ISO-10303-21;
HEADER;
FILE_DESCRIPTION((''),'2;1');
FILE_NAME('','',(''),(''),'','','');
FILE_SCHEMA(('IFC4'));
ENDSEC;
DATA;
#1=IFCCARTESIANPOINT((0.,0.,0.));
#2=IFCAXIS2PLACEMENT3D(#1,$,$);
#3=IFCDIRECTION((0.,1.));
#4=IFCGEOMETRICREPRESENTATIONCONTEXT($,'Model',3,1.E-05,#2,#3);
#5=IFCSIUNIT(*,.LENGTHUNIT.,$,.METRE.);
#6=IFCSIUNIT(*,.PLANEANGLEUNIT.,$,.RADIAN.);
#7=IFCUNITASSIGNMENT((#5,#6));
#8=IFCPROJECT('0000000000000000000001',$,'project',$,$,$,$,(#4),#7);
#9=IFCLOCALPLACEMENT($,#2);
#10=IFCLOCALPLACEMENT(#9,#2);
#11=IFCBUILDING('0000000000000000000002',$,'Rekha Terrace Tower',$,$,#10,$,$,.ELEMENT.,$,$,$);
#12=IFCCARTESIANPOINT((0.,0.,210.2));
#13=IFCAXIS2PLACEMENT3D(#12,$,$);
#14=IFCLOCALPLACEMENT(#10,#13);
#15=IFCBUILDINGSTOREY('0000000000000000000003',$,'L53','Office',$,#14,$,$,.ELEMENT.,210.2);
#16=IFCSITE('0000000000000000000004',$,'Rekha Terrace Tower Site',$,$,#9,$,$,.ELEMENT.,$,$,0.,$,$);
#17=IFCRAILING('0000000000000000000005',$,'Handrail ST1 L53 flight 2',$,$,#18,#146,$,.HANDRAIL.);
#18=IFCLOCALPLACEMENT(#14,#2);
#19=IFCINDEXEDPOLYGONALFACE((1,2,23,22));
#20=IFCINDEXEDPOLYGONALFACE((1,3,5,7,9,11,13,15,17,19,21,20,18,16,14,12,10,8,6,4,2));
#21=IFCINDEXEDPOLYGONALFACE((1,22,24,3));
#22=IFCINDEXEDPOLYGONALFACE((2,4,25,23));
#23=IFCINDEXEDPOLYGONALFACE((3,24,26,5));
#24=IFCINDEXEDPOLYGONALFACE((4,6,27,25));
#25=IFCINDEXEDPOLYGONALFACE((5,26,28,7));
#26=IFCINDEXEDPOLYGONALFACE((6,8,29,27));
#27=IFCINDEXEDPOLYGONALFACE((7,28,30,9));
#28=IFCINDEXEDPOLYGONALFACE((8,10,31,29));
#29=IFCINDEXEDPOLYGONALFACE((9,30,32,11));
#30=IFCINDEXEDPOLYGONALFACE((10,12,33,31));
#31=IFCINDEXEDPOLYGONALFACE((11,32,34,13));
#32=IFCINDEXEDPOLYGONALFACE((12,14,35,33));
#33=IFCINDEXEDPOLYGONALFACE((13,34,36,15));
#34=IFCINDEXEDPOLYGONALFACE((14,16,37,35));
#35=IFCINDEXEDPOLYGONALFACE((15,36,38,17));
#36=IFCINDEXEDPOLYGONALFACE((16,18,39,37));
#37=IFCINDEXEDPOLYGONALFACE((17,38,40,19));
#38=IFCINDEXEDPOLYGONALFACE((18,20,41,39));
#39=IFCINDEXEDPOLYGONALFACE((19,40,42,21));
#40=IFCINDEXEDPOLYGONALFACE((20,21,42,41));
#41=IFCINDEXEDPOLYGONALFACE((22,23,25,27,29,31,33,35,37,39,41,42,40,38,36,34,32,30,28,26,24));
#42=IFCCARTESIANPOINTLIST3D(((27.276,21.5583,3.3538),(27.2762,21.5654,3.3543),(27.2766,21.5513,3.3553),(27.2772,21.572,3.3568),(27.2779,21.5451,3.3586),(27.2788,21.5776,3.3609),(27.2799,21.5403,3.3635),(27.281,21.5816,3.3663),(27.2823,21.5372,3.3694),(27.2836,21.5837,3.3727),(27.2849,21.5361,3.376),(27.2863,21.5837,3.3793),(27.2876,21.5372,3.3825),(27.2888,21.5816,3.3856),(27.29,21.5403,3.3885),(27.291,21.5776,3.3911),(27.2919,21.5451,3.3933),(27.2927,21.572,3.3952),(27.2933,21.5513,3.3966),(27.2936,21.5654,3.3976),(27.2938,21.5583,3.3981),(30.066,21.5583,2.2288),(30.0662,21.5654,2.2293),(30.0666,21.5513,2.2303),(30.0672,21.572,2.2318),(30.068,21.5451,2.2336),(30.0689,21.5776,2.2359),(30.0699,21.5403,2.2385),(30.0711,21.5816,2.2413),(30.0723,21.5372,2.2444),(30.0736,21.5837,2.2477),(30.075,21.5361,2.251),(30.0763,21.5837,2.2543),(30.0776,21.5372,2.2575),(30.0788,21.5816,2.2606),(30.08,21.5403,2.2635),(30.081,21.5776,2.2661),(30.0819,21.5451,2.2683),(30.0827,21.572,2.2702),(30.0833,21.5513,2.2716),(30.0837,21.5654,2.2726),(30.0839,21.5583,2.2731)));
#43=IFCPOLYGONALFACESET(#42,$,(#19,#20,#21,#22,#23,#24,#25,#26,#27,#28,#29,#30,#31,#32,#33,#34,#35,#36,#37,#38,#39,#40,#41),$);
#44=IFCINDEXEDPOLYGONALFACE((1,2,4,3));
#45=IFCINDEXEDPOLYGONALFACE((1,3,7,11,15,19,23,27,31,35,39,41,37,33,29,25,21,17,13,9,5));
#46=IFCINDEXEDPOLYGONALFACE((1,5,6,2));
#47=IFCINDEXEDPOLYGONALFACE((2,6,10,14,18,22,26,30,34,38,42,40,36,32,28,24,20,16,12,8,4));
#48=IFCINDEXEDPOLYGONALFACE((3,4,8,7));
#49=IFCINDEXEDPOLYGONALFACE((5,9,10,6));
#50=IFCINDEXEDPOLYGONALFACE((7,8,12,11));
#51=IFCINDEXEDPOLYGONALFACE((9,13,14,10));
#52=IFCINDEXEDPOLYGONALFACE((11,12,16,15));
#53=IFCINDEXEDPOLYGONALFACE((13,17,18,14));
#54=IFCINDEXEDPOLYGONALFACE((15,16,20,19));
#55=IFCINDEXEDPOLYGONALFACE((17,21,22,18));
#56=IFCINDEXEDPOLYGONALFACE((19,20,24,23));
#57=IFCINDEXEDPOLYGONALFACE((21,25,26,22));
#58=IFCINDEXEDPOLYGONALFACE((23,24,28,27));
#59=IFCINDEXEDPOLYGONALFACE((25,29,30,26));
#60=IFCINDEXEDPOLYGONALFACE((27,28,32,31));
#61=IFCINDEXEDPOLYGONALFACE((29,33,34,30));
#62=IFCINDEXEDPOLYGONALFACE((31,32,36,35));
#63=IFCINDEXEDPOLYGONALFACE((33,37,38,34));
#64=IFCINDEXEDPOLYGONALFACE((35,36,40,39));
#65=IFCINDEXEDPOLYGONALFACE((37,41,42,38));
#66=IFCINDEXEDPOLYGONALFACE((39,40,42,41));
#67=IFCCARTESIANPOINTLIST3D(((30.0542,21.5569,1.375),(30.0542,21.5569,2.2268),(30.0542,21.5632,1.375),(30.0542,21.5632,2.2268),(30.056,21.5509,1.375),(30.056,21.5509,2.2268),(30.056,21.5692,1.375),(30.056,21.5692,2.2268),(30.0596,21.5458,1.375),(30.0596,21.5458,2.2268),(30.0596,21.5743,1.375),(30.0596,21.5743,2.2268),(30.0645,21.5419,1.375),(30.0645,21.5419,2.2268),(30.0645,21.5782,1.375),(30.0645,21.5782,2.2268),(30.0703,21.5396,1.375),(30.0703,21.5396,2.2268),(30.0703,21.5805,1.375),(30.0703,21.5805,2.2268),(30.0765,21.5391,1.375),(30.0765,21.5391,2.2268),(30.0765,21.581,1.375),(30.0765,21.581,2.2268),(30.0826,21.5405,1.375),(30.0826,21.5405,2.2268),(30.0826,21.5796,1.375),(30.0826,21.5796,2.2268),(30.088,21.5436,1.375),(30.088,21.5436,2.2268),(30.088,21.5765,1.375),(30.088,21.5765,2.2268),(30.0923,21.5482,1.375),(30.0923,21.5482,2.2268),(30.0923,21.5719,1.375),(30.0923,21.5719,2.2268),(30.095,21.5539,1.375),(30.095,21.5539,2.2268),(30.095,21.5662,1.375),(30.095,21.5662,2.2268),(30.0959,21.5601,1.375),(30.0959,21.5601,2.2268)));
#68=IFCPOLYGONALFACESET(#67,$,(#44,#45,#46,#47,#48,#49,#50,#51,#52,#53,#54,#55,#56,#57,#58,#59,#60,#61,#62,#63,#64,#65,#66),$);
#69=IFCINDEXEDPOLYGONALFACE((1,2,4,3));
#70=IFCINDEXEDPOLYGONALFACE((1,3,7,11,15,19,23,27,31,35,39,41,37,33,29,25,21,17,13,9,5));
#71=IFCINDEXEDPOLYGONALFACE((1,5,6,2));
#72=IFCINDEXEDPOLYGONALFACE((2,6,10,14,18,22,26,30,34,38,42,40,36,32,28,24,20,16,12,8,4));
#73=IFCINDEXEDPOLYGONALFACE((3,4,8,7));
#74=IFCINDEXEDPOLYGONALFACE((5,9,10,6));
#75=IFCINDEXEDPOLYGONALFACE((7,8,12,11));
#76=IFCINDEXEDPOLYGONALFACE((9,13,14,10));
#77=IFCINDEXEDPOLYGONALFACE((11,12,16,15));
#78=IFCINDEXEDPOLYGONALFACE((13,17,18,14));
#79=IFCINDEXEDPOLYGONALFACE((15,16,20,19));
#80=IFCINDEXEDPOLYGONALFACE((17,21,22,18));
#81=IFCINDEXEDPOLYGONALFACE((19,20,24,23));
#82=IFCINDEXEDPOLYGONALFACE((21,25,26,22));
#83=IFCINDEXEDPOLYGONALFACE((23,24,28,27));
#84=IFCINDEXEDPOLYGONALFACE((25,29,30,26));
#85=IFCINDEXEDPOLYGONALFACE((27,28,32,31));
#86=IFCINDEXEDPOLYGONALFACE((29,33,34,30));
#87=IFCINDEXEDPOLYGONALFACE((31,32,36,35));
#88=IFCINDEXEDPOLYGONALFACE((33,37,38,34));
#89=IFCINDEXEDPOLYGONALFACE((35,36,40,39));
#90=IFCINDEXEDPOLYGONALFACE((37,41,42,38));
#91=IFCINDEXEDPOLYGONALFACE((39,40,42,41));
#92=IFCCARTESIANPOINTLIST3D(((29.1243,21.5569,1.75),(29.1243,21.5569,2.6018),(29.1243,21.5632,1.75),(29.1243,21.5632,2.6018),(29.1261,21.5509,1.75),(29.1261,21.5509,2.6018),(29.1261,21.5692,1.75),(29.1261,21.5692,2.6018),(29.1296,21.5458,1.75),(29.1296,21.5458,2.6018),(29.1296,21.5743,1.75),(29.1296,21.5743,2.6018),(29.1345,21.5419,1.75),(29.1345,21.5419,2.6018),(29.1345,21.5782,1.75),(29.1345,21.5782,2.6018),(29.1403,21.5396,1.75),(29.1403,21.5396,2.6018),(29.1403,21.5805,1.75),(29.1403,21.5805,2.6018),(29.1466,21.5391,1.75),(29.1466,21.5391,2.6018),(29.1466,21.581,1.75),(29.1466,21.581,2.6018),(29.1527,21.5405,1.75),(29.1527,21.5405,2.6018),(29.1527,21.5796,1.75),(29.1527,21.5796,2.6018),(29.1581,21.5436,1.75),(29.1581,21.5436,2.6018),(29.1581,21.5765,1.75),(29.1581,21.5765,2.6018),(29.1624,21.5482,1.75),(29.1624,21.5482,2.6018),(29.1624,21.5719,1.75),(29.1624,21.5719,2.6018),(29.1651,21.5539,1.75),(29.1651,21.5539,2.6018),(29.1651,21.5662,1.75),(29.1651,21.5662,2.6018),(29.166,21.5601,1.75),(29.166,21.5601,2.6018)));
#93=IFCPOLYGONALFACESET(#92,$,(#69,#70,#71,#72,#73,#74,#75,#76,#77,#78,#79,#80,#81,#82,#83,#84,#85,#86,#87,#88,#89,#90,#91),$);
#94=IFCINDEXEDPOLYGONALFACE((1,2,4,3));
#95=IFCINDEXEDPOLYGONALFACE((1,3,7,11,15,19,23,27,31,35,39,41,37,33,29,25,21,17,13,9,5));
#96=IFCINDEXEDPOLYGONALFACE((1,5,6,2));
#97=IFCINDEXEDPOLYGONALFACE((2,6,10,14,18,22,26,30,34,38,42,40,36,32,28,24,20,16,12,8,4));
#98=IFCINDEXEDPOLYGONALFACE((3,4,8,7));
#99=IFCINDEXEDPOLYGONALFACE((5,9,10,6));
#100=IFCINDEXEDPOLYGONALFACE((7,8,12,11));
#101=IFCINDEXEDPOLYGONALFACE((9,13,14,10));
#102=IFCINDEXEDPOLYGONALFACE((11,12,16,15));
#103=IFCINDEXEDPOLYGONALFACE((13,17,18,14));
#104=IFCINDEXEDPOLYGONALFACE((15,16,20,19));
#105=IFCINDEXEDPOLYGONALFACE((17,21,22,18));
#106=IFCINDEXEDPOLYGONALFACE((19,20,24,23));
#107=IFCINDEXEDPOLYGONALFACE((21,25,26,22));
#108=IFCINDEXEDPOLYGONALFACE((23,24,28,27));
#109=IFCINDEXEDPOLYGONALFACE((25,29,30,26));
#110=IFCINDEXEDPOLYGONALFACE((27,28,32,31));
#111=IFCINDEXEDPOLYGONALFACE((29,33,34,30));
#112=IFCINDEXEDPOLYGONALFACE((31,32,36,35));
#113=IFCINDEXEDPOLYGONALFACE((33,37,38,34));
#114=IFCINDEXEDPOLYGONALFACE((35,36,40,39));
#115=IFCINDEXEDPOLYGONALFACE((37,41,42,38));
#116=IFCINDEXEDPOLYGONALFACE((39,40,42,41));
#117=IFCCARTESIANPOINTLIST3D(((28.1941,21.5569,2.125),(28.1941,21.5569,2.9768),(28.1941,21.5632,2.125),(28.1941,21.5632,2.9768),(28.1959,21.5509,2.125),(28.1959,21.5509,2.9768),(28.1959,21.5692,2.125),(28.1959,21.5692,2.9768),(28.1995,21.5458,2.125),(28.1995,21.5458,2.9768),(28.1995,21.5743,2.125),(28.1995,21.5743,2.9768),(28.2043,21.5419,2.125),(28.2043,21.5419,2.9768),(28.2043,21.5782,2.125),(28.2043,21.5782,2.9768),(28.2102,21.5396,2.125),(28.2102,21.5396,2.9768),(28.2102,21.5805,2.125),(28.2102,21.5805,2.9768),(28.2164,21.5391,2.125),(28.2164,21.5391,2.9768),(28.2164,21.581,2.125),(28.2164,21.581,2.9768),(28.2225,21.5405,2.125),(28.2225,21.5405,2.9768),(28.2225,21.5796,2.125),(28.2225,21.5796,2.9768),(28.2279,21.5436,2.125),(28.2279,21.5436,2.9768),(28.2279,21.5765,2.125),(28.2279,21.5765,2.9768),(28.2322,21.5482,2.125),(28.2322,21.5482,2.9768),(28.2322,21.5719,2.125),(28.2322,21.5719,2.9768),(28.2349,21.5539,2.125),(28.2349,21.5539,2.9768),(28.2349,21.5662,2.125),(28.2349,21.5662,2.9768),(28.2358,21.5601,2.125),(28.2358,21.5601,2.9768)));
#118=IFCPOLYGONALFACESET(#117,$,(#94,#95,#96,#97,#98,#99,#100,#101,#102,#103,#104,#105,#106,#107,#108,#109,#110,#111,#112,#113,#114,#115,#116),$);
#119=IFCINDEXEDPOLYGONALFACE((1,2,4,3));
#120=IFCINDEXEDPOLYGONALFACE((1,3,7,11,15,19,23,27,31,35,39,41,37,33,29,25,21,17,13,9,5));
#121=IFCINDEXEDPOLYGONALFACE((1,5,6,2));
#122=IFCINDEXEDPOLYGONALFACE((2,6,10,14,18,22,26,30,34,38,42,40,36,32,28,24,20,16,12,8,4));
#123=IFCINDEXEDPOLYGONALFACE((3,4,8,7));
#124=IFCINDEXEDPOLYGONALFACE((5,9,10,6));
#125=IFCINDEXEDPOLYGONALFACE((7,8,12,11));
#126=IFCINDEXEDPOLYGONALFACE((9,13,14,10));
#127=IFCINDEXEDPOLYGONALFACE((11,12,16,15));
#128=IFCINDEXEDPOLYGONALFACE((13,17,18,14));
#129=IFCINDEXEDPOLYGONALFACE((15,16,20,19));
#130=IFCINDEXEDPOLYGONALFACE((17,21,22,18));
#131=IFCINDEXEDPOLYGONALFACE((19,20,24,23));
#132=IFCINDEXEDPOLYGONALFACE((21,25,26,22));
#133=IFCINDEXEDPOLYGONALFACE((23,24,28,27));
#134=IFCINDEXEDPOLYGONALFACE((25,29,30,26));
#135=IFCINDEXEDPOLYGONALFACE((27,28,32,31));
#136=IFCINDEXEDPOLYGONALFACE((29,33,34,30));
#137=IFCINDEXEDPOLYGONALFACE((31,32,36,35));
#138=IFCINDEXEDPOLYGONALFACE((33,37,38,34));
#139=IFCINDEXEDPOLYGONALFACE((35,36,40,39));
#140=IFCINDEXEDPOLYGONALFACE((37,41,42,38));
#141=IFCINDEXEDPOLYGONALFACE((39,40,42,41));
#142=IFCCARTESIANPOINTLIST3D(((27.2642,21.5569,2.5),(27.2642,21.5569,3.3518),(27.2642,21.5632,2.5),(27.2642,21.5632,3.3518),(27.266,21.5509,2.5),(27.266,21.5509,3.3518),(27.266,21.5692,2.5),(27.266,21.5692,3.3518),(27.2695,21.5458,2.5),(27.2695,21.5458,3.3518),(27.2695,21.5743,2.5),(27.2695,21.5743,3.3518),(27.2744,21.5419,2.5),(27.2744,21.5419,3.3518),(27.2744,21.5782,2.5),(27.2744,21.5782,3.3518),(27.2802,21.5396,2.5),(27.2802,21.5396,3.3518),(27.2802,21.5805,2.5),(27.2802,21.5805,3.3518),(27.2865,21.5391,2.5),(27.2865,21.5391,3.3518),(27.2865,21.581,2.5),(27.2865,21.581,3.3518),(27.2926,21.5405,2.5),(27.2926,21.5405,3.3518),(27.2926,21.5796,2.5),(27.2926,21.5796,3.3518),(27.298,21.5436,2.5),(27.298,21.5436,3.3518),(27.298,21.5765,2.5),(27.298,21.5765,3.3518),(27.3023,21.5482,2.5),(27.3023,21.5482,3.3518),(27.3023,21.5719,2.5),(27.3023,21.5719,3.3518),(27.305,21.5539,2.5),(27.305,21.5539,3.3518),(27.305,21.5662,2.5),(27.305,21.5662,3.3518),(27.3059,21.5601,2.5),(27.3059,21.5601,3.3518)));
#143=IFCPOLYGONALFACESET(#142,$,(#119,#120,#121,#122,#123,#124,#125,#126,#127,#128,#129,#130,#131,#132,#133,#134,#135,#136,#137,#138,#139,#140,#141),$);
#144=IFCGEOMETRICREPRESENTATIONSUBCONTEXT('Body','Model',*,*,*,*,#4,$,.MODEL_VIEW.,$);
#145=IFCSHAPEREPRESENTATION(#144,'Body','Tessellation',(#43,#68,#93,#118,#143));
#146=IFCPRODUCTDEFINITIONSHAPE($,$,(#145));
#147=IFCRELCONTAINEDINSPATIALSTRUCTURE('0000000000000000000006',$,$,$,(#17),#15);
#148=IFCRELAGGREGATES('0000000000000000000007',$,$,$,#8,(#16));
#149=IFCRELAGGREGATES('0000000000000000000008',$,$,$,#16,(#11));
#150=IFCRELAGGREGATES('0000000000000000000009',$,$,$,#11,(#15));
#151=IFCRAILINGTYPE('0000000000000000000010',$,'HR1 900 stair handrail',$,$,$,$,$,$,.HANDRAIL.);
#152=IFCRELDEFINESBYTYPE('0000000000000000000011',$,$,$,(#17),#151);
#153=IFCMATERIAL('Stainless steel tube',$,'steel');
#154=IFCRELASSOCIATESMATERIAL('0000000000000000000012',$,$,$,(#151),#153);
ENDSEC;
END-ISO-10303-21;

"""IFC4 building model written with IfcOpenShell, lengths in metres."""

from ifc_helpers import new_model, si_unit, direction, frame, origin, origin_2d, place, context, subcontext, project, spatial, circle, extrude, material, type_object, element, save


model = new_model("IFC4")

# Units and contexts
model_context = context("Model", 3, precision=1e-05, world=origin(), true_north=direction((0.0, 1.0)))
body_context = subcontext(model_context, "Body", "Model", "MODEL_VIEW")
ifc_project = project(units=[si_unit("LENGTHUNIT", "METRE"), si_unit("PLANEANGLEUNIT", "RADIAN")], contexts=[model_context])

# Site, building, storey
site_placement = place(None, origin())
site = spatial("IfcSite", under=ifc_project, at=site_placement, Name="Rekha Terrace Tower Site", CompositionType="ELEMENT", RefElevation=0.0)
building_placement = place(site_placement, origin())
building = spatial("IfcBuilding", under=site, at=building_placement, Name="Rekha Terrace Tower", CompositionType="ELEMENT")
storey_placement = place(building_placement, frame((0.0, 0.0, 210.2)))
storey = spatial("IfcBuildingStorey", under=building, at=storey_placement, Name="L53", Description="Office", CompositionType="ELEMENT", Elevation=210.2)

# Railing
ifc_material_1 = material(Name="Stainless steel tube", Category="steel")
railing_type_1 = type_object("IfcRailingType", Name="HR1 900 stair handrail", PredefinedType="HANDRAIL", material=ifc_material_1)
railing_1_placement = place(storey_placement, frame((30.075, 21.5601, 1.375)))
element("IfcRailing", 1, at=railing_1_placement, inside=storey, type_object=railing_type_1, Name="Handrail ST1 L53 flight 2", PredefinedType="HANDRAIL", context=body_context, shape_type="SweptSolid", body=[
    extrude(circle(Radius=0.0239, at=origin_2d()), frame((0.0, 0.0, 0.876), z_axis=(-0.927443, 0.0, 0.373964), x_axis=(0.0, -1.0, 0.0)), (0.0, 0.0, 1.0), 3.0083),
    extrude(circle(Radius=0.021, at=origin_2d()), origin(), (0.0, 0.0, 1.0), 0.8518),
    extrude(circle(Radius=0.021, at=origin_2d()), frame((-0.9299, 0.0, 0.375)), (0.0, 0.0, 1.0), 0.8518),
    extrude(circle(Radius=0.021, at=origin_2d()), frame((-1.8601, 0.0, 0.75)), (0.0, 0.0, 1.0), 0.8518),
    extrude(circle(Radius=0.021, at=origin_2d()), frame((-2.79, 0.0, 1.125)), (0.0, 0.0, 1.0), 0.8518),
])

save(model, "model.ifc")
